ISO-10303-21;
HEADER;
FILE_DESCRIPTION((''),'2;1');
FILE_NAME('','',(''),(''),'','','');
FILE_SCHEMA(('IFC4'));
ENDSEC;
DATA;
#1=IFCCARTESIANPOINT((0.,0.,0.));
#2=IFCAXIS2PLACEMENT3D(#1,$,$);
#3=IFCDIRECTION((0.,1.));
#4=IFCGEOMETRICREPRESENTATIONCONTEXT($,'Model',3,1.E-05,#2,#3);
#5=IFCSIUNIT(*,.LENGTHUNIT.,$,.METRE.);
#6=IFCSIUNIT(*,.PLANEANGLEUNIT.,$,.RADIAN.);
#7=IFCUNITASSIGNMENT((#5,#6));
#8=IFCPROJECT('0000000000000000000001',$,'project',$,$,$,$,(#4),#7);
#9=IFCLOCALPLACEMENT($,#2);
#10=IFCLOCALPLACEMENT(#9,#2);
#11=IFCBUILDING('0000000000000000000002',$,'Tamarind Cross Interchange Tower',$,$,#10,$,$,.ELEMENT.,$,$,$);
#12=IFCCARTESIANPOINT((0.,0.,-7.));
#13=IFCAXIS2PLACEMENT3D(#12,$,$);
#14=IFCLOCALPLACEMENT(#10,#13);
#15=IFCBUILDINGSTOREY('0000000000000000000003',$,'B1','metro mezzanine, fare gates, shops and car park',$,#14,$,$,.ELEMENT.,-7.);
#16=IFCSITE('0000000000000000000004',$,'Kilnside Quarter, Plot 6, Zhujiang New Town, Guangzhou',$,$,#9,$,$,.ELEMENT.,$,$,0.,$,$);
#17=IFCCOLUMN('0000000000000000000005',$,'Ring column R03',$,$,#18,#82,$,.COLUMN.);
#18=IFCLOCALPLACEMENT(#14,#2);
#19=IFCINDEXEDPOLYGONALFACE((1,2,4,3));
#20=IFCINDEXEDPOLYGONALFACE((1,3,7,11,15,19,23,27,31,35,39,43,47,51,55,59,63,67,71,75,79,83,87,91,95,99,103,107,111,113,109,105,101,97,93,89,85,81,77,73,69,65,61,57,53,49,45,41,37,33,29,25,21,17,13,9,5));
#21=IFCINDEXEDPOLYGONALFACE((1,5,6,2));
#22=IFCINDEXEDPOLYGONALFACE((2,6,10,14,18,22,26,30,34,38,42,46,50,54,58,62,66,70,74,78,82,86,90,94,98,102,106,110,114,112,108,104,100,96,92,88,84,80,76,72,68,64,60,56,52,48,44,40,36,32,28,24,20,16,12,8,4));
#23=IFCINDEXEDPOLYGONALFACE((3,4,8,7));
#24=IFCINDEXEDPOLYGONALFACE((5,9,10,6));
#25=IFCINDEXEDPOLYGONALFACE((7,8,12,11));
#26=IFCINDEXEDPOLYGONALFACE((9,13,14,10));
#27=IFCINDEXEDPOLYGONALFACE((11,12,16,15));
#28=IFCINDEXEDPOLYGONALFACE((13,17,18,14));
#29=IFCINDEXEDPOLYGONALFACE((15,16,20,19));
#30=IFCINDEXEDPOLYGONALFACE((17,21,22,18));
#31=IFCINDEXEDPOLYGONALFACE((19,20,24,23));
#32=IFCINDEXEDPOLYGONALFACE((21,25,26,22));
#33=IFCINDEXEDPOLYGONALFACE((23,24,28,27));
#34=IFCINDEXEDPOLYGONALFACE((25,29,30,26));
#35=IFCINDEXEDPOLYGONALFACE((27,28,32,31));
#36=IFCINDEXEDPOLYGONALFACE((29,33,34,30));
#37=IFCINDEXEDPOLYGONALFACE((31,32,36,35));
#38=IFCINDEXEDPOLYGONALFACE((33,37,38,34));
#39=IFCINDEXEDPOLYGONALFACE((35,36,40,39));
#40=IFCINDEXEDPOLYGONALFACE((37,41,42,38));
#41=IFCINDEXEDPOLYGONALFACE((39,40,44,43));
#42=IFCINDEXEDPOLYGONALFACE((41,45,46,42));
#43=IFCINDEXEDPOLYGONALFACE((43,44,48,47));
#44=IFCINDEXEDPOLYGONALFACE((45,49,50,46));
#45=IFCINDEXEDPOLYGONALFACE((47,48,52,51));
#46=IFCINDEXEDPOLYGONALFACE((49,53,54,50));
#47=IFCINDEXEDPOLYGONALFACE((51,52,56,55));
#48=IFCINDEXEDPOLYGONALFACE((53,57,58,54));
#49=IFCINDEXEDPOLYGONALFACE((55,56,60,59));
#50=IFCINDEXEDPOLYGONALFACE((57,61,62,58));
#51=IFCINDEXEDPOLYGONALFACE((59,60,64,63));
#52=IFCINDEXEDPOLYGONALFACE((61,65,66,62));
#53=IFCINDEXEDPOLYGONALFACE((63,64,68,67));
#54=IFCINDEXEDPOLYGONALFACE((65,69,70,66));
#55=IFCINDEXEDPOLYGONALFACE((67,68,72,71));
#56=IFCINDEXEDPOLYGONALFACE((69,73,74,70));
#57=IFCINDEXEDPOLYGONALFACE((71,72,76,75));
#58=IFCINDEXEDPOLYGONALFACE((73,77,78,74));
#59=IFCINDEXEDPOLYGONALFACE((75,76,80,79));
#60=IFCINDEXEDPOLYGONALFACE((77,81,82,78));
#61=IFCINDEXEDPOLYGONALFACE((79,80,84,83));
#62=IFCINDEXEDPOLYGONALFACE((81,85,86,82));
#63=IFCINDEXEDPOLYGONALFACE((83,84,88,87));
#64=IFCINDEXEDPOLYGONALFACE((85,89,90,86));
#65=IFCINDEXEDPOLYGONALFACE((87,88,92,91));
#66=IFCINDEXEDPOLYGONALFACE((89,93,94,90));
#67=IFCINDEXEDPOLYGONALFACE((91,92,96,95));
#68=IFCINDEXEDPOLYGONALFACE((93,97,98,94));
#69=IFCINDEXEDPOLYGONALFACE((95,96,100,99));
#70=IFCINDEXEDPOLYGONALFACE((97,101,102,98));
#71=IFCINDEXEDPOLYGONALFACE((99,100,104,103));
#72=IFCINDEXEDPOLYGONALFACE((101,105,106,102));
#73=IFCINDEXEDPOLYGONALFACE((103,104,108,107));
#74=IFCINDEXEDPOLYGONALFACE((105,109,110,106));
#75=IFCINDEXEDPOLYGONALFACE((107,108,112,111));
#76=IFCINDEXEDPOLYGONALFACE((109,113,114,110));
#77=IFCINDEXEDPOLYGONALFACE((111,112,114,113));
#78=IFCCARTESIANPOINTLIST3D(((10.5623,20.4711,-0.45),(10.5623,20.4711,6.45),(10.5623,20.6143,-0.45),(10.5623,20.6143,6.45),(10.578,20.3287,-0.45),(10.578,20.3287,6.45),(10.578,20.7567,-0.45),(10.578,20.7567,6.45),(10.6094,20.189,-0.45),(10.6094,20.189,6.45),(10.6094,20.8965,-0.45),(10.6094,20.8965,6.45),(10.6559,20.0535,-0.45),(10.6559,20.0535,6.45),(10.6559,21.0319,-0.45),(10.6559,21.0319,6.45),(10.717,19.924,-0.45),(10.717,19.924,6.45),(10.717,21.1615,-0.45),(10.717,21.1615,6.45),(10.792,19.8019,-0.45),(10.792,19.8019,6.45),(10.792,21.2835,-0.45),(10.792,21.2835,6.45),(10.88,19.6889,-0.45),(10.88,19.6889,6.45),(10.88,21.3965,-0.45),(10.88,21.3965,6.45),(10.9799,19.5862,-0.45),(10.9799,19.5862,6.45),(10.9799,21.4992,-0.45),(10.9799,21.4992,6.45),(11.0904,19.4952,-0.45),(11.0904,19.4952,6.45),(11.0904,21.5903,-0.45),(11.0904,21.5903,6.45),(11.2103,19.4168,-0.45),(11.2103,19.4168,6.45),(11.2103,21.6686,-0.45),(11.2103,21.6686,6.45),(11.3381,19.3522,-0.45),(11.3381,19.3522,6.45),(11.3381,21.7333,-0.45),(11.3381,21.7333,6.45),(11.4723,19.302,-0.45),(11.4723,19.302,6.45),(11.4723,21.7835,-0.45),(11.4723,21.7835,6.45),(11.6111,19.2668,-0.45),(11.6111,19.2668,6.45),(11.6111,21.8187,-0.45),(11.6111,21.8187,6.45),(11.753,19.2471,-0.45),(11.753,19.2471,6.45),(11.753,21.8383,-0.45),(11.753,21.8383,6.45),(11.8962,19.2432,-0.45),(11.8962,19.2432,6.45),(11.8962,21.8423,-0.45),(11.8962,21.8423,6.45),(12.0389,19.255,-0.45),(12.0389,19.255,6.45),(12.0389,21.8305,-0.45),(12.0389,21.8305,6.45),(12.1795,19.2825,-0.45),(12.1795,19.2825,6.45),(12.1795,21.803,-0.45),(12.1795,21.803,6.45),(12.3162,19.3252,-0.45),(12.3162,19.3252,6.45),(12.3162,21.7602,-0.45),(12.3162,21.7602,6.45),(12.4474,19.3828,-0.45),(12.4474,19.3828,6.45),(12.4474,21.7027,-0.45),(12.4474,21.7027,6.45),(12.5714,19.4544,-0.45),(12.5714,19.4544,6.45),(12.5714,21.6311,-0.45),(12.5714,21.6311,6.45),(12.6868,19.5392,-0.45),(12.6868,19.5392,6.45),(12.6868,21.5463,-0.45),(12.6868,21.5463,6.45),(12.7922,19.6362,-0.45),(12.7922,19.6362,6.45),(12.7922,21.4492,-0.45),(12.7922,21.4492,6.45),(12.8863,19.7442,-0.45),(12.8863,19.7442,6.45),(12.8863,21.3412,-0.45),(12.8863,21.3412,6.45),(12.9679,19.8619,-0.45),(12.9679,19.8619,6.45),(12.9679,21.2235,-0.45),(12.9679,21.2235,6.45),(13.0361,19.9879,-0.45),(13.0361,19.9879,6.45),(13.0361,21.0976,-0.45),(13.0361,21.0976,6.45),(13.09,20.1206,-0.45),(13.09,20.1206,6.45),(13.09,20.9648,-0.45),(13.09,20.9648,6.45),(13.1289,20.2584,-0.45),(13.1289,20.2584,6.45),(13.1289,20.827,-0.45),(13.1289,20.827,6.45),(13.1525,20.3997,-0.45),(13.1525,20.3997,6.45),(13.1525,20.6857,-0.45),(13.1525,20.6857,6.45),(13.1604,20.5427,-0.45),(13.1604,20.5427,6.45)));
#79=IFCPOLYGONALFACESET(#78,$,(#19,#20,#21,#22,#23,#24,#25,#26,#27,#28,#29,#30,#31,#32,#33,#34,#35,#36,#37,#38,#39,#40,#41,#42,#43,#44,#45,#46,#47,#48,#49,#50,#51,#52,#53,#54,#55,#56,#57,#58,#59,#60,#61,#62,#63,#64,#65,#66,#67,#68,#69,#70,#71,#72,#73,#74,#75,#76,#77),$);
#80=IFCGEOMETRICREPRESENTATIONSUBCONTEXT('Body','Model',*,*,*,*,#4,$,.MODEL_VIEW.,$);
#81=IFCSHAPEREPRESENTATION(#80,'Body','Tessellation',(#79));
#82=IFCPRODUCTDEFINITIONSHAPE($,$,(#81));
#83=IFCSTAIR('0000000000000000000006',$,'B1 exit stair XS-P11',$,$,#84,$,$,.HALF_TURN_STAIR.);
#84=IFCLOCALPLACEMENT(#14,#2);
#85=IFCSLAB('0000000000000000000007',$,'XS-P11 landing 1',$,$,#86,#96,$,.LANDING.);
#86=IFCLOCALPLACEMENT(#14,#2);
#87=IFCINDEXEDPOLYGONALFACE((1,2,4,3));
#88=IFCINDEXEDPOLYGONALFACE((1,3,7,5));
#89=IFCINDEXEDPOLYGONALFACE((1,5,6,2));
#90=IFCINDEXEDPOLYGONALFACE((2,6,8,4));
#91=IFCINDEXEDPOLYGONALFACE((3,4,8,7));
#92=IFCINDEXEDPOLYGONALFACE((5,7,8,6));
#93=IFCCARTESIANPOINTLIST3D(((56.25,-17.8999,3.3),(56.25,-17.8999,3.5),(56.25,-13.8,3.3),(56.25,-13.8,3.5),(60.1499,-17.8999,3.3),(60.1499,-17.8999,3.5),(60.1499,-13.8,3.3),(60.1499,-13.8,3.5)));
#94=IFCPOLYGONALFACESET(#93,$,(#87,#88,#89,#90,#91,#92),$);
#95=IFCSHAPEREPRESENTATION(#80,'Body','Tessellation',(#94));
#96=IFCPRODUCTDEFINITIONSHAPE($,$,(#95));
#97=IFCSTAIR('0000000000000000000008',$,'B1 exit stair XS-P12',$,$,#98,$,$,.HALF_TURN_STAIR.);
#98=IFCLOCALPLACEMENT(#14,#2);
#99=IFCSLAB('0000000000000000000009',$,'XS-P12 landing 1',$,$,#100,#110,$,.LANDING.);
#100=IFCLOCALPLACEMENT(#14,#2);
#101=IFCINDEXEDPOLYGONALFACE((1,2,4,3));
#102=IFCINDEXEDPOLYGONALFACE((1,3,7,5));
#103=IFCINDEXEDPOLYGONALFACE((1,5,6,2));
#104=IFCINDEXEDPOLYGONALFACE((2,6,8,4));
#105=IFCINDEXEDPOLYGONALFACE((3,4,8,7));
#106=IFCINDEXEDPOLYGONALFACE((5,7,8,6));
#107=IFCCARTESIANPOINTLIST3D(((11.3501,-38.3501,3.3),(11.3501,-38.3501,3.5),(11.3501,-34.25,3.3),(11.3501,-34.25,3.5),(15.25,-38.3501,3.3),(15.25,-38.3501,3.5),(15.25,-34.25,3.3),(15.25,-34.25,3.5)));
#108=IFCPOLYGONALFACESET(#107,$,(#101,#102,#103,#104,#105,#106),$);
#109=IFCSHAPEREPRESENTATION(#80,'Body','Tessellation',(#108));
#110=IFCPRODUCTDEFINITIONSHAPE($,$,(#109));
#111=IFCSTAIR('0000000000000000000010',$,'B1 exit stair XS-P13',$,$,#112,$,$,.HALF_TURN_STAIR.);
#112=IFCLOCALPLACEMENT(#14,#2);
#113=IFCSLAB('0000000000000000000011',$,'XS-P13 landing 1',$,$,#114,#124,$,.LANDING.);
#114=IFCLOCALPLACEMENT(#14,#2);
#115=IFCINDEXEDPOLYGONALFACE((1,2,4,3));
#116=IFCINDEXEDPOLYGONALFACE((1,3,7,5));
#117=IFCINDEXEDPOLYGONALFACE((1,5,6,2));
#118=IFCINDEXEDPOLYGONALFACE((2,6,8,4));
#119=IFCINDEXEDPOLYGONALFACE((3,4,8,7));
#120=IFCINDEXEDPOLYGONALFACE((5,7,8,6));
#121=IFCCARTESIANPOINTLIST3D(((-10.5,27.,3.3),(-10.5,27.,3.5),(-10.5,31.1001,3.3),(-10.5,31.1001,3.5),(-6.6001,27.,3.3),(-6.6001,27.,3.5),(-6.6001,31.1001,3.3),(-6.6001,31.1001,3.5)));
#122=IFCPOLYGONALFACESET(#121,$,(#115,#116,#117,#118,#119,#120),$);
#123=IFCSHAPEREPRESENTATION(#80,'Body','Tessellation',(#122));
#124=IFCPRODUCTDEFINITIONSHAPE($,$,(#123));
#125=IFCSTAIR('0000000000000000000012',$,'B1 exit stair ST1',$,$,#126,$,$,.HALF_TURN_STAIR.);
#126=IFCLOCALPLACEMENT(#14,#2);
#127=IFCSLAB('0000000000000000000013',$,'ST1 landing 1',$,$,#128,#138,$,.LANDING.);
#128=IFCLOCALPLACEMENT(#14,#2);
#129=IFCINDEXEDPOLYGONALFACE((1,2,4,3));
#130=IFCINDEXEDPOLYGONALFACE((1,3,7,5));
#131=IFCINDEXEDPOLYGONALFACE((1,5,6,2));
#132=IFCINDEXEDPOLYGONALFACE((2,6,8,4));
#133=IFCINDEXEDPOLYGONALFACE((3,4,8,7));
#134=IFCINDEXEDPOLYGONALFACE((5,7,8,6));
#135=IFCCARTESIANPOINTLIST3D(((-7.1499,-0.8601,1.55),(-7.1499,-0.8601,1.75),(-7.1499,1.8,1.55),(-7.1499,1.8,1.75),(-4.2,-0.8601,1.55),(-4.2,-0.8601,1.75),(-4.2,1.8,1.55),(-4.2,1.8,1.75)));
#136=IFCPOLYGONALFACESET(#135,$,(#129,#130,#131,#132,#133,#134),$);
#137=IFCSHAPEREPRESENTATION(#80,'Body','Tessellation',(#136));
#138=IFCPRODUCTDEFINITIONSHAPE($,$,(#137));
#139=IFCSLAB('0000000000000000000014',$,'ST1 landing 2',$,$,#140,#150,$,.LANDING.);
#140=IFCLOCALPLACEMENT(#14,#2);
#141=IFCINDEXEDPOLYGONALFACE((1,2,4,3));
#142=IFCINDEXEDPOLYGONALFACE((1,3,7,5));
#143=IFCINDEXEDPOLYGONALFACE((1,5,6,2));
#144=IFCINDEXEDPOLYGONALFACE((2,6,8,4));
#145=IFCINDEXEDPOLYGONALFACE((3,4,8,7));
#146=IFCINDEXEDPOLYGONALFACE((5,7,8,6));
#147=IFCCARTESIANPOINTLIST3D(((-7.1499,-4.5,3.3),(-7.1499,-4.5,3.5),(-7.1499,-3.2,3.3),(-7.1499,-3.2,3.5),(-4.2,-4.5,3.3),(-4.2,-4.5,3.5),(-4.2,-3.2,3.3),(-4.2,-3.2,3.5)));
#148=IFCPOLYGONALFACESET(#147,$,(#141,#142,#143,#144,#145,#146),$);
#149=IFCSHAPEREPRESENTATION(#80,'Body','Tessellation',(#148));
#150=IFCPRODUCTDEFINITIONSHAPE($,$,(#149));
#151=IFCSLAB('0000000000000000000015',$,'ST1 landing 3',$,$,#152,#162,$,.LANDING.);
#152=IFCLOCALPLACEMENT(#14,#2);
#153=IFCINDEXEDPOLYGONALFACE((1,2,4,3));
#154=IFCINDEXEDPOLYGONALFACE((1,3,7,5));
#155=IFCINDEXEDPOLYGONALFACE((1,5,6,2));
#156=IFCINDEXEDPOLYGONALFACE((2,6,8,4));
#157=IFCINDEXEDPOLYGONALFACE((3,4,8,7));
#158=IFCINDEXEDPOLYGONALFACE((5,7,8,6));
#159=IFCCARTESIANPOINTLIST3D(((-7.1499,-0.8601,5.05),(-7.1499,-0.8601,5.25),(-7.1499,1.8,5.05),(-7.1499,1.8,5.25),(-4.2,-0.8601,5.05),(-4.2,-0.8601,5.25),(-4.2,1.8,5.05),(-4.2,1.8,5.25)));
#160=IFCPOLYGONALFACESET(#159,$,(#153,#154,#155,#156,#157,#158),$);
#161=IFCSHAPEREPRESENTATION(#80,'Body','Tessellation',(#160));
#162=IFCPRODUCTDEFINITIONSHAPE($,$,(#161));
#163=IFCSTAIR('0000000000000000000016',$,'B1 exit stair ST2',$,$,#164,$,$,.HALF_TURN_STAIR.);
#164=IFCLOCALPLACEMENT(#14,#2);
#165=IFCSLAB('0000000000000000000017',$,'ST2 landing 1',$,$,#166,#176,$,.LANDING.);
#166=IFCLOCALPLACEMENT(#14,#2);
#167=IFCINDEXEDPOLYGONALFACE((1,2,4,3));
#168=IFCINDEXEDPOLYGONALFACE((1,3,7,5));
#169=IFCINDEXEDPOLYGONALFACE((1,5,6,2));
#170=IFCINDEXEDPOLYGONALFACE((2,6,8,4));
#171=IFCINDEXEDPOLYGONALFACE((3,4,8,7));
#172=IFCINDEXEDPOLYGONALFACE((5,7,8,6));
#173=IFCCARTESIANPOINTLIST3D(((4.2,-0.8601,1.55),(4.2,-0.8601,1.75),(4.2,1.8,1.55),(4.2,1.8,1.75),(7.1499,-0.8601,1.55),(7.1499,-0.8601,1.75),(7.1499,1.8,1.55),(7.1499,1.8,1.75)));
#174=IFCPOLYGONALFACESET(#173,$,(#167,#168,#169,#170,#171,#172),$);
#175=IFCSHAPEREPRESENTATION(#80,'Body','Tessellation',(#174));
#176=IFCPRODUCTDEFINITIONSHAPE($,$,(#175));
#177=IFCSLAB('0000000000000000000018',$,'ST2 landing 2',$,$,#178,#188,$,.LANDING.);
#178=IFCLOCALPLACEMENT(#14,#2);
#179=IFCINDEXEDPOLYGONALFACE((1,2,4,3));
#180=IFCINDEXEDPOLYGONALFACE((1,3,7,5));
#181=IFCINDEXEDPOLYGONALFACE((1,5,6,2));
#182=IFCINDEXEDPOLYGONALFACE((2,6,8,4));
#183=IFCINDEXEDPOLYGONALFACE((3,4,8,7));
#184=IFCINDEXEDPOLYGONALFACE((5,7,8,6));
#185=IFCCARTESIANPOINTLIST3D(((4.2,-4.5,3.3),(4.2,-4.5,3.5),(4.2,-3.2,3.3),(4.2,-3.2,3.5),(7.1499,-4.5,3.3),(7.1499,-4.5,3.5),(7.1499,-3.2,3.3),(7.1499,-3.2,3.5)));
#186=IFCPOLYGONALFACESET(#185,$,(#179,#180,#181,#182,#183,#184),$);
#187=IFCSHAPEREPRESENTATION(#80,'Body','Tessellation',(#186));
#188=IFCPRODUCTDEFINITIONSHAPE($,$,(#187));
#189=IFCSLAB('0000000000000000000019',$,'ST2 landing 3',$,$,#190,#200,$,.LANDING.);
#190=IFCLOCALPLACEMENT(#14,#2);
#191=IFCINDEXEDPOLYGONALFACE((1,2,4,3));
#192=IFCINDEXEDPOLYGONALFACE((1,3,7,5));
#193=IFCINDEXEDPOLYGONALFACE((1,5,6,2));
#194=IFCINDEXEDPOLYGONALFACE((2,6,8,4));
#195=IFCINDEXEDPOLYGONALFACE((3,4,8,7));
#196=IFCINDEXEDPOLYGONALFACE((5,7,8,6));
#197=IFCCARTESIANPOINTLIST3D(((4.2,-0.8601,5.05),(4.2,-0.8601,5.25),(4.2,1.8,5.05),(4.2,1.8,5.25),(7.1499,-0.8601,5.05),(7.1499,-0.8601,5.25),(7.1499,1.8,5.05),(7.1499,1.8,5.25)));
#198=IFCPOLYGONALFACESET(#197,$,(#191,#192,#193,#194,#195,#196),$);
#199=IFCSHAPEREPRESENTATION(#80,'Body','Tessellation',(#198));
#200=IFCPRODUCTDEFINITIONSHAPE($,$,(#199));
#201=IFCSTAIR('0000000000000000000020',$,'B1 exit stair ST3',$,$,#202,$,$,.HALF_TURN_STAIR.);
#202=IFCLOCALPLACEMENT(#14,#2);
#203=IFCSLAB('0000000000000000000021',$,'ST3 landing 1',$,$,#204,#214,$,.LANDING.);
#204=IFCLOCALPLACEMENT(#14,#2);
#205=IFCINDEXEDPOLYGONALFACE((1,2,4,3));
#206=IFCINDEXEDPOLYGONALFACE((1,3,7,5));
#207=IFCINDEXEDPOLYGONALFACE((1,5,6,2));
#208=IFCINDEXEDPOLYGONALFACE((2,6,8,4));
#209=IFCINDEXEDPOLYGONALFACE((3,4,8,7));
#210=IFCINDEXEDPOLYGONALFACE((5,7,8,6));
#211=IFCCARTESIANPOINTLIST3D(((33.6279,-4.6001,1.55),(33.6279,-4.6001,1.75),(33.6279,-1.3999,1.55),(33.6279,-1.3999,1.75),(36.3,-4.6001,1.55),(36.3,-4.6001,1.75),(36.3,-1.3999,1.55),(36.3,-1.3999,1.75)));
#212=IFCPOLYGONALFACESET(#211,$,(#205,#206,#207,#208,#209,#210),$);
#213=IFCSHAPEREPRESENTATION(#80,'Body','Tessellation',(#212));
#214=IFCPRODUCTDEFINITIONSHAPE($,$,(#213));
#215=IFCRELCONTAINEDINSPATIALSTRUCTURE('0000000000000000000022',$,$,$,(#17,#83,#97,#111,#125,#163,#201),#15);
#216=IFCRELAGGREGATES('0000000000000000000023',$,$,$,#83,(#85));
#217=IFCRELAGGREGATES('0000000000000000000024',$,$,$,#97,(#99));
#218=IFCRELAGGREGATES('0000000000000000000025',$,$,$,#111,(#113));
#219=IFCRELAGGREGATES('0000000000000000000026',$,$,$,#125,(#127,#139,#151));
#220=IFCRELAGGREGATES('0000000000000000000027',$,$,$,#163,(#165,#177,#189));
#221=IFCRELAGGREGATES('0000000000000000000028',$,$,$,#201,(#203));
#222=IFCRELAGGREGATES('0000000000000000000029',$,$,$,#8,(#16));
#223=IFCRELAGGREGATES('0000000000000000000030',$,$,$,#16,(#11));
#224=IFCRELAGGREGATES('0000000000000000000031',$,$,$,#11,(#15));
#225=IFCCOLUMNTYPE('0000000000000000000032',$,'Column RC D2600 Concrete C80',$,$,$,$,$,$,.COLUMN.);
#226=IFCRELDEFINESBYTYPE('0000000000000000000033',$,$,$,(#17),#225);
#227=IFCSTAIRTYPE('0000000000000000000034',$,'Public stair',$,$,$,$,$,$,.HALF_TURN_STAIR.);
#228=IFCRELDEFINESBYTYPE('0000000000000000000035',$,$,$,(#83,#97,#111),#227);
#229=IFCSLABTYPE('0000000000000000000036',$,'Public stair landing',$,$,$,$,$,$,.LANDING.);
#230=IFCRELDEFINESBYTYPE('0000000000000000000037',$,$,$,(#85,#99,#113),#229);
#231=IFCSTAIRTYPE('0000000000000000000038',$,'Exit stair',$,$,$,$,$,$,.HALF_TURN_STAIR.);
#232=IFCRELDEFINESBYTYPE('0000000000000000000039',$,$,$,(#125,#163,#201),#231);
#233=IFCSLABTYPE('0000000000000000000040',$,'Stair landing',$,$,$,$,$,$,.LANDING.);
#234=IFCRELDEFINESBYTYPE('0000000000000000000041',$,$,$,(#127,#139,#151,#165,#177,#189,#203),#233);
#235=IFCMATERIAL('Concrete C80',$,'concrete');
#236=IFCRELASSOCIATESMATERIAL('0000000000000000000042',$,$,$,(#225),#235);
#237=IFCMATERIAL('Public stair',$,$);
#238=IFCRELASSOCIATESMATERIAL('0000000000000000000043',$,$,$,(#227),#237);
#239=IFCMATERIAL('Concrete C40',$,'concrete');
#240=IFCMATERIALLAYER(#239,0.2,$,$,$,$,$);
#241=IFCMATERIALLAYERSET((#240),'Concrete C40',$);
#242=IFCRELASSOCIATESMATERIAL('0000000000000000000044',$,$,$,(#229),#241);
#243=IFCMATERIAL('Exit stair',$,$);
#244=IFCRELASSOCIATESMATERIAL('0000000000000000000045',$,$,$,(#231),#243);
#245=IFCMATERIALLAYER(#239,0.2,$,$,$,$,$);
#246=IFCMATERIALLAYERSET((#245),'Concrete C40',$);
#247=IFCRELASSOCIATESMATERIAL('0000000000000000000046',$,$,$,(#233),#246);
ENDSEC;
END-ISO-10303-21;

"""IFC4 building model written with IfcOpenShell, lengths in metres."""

from ifc_helpers import new_model, si_unit, direction, frame, origin, origin_2d, place, context, subcontext, project, spatial, polyline, circle, outline, extrude, material, layer, layer_set, material_profile, profile_set, type_object, element, aggregate, save


model = new_model("IFC4")

# Units and contexts
model_context = context("Model", 3, precision=1e-05, world=origin(), true_north=direction((0.0, 1.0)))
body_context = subcontext(model_context, "Body", "Model", "MODEL_VIEW")
ifc_project = project(units=[si_unit("LENGTHUNIT", "METRE"), si_unit("PLANEANGLEUNIT", "RADIAN")], contexts=[model_context])

# Site, building, storey
site_placement = place(None, origin())
site = spatial("IfcSite", under=ifc_project, at=site_placement, Name="Kilnside Quarter, Plot 6, Zhujiang New Town, Guangzhou", CompositionType="ELEMENT", RefElevation=0.0)
building_placement = place(site_placement, origin())
building = spatial("IfcBuilding", under=site, at=building_placement, Name="Tamarind Cross Interchange Tower", CompositionType="ELEMENT")
storey_placement = place(building_placement, frame((0.0, 0.0, -7.0)))
storey = spatial("IfcBuildingStorey", under=building, at=storey_placement, Name="B1", Description="metro mezzanine, fare gates, shops and car park", CompositionType="ELEMENT", Elevation=-7.0)

# Column
ifc_material_1 = material(Name="Concrete C80", Category="concrete")
ifc_material_profile = material_profile(ifc_material_1, circle(Radius=1.3, at=origin_2d()), Name="RC D2600")
ifc_profile_set = profile_set([ifc_material_profile], Name="Concrete C80")
column_type = type_object("IfcColumnType", Name="Column RC D2600 Concrete C80", PredefinedType="COLUMN", material=ifc_profile_set)
column_placement = place(storey_placement, frame((11.8604, 20.5427, -0.45), z_axis=(0.0, 0.0, 1.0), x_axis=(1.0, 0.0, 0.0)))
element("IfcColumn", 1, at=column_placement, inside=storey, type_object=column_type, Name="Ring column R03", PredefinedType="COLUMN", context=body_context, shape_type="SweptSolid", body=[
    extrude(circle(Radius=1.3, at=origin_2d()), origin(), (0.0, 0.0, 1.0), 6.8999),
])

# Stairs, slabs
ifc_material_2 = material(Name="Public stair")
stair_type_1 = type_object("IfcStairType", Name="Public stair", PredefinedType="HALF_TURN_STAIR", material=ifc_material_2)
stair_1_placement = place(storey_placement, origin())
stair_1 = element("IfcStair", 2, at=stair_1_placement, inside=storey, type_object=stair_type_1, Name="B1 exit stair XS-P11", PredefinedType="HALF_TURN_STAIR")
ifc_material_3 = material(Name="Concrete C40", Category="concrete")
ifc_layer_1 = layer(ifc_material_3, 0.2)
ifc_layer_set_1 = layer_set([ifc_layer_1], Name="Concrete C40")
slab_type_1 = type_object("IfcSlabType", Name="Public stair landing", PredefinedType="LANDING", material=ifc_layer_set_1)
slab_1_placement = place(storey_placement, frame((0.0, 0.0, 3.3)))
slab_1 = element("IfcSlab", 3, at=slab_1_placement, type_object=slab_type_1, Name="XS-P11 landing 1", PredefinedType="LANDING", context=body_context, shape_type="SweptSolid", body=[
    extrude(outline(polyline([(60.1499, -17.8999), (60.1499, -13.8), (56.25, -13.8), (56.25, -17.8999), (60.1499, -17.8999)])), origin(), (0.0, 0.0, 1.0), 0.2),
])
aggregate(stair_1, [slab_1])
stair_2_placement = place(storey_placement, origin())
stair_2 = element("IfcStair", 4, at=stair_2_placement, inside=storey, type_object=stair_type_1, Name="B1 exit stair XS-P12", PredefinedType="HALF_TURN_STAIR")
slab_2_placement = place(storey_placement, frame((0.0, 0.0, 3.3)))
slab_2 = element("IfcSlab", 5, at=slab_2_placement, type_object=slab_type_1, Name="XS-P12 landing 1", PredefinedType="LANDING", context=body_context, shape_type="SweptSolid", body=[
    extrude(outline(polyline([(15.25, -38.3501), (15.25, -34.25), (11.3501, -34.25), (11.3501, -38.3501), (15.25, -38.3501)])), origin(), (0.0, 0.0, 1.0), 0.2),
])
aggregate(stair_2, [slab_2])
stair_3_placement = place(storey_placement, origin())
stair_3 = element("IfcStair", 6, at=stair_3_placement, inside=storey, type_object=stair_type_1, Name="B1 exit stair XS-P13", PredefinedType="HALF_TURN_STAIR")
slab_3_placement = place(storey_placement, frame((0.0, 0.0, 3.3)))
slab_3 = element("IfcSlab", 7, at=slab_3_placement, type_object=slab_type_1, Name="XS-P13 landing 1", PredefinedType="LANDING", context=body_context, shape_type="SweptSolid", body=[
    extrude(outline(polyline([(-10.5, 31.1001), (-10.5, 27.0), (-6.6001, 27.0), (-6.6001, 31.1001), (-10.5, 31.1001)])), origin(), (0.0, 0.0, 1.0), 0.2),
])
aggregate(stair_3, [slab_3])

# Stairs, slabs
ifc_material_4 = material(Name="Exit stair")
stair_type_2 = type_object("IfcStairType", Name="Exit stair", PredefinedType="HALF_TURN_STAIR", material=ifc_material_4)
stair_4_placement = place(storey_placement, origin())
stair_4 = element("IfcStair", 8, at=stair_4_placement, inside=storey, type_object=stair_type_2, Name="B1 exit stair ST1", PredefinedType="HALF_TURN_STAIR")
ifc_layer_2 = layer(ifc_material_3, 0.2)
ifc_layer_set_2 = layer_set([ifc_layer_2], Name="Concrete C40")
slab_type_2 = type_object("IfcSlabType", Name="Stair landing", PredefinedType="LANDING", material=ifc_layer_set_2)
slab_4_placement = place(storey_placement, frame((0.0, 0.0, 1.55)))
slab_4 = element("IfcSlab", 9, at=slab_4_placement, type_object=slab_type_2, Name="ST1 landing 1", PredefinedType="LANDING", context=body_context, shape_type="SweptSolid", body=[
    extrude(outline(polyline([(-4.2, -0.8601), (-4.2, 1.8), (-7.1499, 1.8), (-7.1499, -0.8601), (-4.2, -0.8601)])), origin(), (0.0, 0.0, 1.0), 0.2),
])
slab_5_placement = place(storey_placement, frame((0.0, 0.0, 3.3)))
slab_5 = element("IfcSlab", 10, at=slab_5_placement, type_object=slab_type_2, Name="ST1 landing 2", PredefinedType="LANDING", context=body_context, shape_type="SweptSolid", body=[
    extrude(outline(polyline([(-4.2, -4.5), (-4.2, -3.2), (-7.1499, -3.2), (-7.1499, -4.5), (-4.2, -4.5)])), origin(), (0.0, 0.0, 1.0), 0.2),
])
slab_6_placement = place(storey_placement, frame((0.0, 0.0, 5.05)))
slab_6 = element("IfcSlab", 11, at=slab_6_placement, type_object=slab_type_2, Name="ST1 landing 3", PredefinedType="LANDING", context=body_context, shape_type="SweptSolid", body=[
    extrude(outline(polyline([(-4.2, -0.8601), (-4.2, 1.8), (-7.1499, 1.8), (-7.1499, -0.8601), (-4.2, -0.8601)])), origin(), (0.0, 0.0, 1.0), 0.2),
])
aggregate(stair_4, [slab_4, slab_5, slab_6])
stair_5_placement = place(storey_placement, origin())
stair_5 = element("IfcStair", 12, at=stair_5_placement, inside=storey, type_object=stair_type_2, Name="B1 exit stair ST2", PredefinedType="HALF_TURN_STAIR")
slab_7_placement = place(storey_placement, frame((0.0, 0.0, 1.55)))
slab_7 = element("IfcSlab", 13, at=slab_7_placement, type_object=slab_type_2, Name="ST2 landing 1", PredefinedType="LANDING", context=body_context, shape_type="SweptSolid", body=[
    extrude(outline(polyline([(7.1499, -0.8601), (7.1499, 1.8), (4.2, 1.8), (4.2, -0.8601), (7.1499, -0.8601)])), origin(), (0.0, 0.0, 1.0), 0.2),
])
slab_8_placement = place(storey_placement, frame((0.0, 0.0, 3.3)))
slab_8 = element("IfcSlab", 14, at=slab_8_placement, type_object=slab_type_2, Name="ST2 landing 2", PredefinedType="LANDING", context=body_context, shape_type="SweptSolid", body=[
    extrude(outline(polyline([(7.1499, -4.5), (7.1499, -3.2), (4.2, -3.2), (4.2, -4.5), (7.1499, -4.5)])), origin(), (0.0, 0.0, 1.0), 0.2),
])
slab_9_placement = place(storey_placement, frame((0.0, 0.0, 5.05)))
slab_9 = element("IfcSlab", 15, at=slab_9_placement, type_object=slab_type_2, Name="ST2 landing 3", PredefinedType="LANDING", context=body_context, shape_type="SweptSolid", body=[
    extrude(outline(polyline([(7.1499, -0.8601), (7.1499, 1.8), (4.2, 1.8), (4.2, -0.8601), (7.1499, -0.8601)])), origin(), (0.0, 0.0, 1.0), 0.2),
])
aggregate(stair_5, [slab_7, slab_8, slab_9])
stair_6_placement = place(storey_placement, origin())
stair_6 = element("IfcStair", 16, at=stair_6_placement, inside=storey, type_object=stair_type_2, Name="B1 exit stair ST3", PredefinedType="HALF_TURN_STAIR")
slab_10_placement = place(storey_placement, frame((0.0, 0.0, 1.55)))
slab_10 = element("IfcSlab", 17, at=slab_10_placement, type_object=slab_type_2, Name="ST3 landing 1", PredefinedType="LANDING", context=body_context, shape_type="SweptSolid", body=[
    extrude(outline(polyline([(33.6279, -4.6001), (36.3, -4.6001), (36.3, -1.3999), (33.6279, -1.3999), (33.6279, -4.6001)])), origin(), (0.0, 0.0, 1.0), 0.2),
])
aggregate(stair_6, [slab_10])

save(model, "model.ifc")
